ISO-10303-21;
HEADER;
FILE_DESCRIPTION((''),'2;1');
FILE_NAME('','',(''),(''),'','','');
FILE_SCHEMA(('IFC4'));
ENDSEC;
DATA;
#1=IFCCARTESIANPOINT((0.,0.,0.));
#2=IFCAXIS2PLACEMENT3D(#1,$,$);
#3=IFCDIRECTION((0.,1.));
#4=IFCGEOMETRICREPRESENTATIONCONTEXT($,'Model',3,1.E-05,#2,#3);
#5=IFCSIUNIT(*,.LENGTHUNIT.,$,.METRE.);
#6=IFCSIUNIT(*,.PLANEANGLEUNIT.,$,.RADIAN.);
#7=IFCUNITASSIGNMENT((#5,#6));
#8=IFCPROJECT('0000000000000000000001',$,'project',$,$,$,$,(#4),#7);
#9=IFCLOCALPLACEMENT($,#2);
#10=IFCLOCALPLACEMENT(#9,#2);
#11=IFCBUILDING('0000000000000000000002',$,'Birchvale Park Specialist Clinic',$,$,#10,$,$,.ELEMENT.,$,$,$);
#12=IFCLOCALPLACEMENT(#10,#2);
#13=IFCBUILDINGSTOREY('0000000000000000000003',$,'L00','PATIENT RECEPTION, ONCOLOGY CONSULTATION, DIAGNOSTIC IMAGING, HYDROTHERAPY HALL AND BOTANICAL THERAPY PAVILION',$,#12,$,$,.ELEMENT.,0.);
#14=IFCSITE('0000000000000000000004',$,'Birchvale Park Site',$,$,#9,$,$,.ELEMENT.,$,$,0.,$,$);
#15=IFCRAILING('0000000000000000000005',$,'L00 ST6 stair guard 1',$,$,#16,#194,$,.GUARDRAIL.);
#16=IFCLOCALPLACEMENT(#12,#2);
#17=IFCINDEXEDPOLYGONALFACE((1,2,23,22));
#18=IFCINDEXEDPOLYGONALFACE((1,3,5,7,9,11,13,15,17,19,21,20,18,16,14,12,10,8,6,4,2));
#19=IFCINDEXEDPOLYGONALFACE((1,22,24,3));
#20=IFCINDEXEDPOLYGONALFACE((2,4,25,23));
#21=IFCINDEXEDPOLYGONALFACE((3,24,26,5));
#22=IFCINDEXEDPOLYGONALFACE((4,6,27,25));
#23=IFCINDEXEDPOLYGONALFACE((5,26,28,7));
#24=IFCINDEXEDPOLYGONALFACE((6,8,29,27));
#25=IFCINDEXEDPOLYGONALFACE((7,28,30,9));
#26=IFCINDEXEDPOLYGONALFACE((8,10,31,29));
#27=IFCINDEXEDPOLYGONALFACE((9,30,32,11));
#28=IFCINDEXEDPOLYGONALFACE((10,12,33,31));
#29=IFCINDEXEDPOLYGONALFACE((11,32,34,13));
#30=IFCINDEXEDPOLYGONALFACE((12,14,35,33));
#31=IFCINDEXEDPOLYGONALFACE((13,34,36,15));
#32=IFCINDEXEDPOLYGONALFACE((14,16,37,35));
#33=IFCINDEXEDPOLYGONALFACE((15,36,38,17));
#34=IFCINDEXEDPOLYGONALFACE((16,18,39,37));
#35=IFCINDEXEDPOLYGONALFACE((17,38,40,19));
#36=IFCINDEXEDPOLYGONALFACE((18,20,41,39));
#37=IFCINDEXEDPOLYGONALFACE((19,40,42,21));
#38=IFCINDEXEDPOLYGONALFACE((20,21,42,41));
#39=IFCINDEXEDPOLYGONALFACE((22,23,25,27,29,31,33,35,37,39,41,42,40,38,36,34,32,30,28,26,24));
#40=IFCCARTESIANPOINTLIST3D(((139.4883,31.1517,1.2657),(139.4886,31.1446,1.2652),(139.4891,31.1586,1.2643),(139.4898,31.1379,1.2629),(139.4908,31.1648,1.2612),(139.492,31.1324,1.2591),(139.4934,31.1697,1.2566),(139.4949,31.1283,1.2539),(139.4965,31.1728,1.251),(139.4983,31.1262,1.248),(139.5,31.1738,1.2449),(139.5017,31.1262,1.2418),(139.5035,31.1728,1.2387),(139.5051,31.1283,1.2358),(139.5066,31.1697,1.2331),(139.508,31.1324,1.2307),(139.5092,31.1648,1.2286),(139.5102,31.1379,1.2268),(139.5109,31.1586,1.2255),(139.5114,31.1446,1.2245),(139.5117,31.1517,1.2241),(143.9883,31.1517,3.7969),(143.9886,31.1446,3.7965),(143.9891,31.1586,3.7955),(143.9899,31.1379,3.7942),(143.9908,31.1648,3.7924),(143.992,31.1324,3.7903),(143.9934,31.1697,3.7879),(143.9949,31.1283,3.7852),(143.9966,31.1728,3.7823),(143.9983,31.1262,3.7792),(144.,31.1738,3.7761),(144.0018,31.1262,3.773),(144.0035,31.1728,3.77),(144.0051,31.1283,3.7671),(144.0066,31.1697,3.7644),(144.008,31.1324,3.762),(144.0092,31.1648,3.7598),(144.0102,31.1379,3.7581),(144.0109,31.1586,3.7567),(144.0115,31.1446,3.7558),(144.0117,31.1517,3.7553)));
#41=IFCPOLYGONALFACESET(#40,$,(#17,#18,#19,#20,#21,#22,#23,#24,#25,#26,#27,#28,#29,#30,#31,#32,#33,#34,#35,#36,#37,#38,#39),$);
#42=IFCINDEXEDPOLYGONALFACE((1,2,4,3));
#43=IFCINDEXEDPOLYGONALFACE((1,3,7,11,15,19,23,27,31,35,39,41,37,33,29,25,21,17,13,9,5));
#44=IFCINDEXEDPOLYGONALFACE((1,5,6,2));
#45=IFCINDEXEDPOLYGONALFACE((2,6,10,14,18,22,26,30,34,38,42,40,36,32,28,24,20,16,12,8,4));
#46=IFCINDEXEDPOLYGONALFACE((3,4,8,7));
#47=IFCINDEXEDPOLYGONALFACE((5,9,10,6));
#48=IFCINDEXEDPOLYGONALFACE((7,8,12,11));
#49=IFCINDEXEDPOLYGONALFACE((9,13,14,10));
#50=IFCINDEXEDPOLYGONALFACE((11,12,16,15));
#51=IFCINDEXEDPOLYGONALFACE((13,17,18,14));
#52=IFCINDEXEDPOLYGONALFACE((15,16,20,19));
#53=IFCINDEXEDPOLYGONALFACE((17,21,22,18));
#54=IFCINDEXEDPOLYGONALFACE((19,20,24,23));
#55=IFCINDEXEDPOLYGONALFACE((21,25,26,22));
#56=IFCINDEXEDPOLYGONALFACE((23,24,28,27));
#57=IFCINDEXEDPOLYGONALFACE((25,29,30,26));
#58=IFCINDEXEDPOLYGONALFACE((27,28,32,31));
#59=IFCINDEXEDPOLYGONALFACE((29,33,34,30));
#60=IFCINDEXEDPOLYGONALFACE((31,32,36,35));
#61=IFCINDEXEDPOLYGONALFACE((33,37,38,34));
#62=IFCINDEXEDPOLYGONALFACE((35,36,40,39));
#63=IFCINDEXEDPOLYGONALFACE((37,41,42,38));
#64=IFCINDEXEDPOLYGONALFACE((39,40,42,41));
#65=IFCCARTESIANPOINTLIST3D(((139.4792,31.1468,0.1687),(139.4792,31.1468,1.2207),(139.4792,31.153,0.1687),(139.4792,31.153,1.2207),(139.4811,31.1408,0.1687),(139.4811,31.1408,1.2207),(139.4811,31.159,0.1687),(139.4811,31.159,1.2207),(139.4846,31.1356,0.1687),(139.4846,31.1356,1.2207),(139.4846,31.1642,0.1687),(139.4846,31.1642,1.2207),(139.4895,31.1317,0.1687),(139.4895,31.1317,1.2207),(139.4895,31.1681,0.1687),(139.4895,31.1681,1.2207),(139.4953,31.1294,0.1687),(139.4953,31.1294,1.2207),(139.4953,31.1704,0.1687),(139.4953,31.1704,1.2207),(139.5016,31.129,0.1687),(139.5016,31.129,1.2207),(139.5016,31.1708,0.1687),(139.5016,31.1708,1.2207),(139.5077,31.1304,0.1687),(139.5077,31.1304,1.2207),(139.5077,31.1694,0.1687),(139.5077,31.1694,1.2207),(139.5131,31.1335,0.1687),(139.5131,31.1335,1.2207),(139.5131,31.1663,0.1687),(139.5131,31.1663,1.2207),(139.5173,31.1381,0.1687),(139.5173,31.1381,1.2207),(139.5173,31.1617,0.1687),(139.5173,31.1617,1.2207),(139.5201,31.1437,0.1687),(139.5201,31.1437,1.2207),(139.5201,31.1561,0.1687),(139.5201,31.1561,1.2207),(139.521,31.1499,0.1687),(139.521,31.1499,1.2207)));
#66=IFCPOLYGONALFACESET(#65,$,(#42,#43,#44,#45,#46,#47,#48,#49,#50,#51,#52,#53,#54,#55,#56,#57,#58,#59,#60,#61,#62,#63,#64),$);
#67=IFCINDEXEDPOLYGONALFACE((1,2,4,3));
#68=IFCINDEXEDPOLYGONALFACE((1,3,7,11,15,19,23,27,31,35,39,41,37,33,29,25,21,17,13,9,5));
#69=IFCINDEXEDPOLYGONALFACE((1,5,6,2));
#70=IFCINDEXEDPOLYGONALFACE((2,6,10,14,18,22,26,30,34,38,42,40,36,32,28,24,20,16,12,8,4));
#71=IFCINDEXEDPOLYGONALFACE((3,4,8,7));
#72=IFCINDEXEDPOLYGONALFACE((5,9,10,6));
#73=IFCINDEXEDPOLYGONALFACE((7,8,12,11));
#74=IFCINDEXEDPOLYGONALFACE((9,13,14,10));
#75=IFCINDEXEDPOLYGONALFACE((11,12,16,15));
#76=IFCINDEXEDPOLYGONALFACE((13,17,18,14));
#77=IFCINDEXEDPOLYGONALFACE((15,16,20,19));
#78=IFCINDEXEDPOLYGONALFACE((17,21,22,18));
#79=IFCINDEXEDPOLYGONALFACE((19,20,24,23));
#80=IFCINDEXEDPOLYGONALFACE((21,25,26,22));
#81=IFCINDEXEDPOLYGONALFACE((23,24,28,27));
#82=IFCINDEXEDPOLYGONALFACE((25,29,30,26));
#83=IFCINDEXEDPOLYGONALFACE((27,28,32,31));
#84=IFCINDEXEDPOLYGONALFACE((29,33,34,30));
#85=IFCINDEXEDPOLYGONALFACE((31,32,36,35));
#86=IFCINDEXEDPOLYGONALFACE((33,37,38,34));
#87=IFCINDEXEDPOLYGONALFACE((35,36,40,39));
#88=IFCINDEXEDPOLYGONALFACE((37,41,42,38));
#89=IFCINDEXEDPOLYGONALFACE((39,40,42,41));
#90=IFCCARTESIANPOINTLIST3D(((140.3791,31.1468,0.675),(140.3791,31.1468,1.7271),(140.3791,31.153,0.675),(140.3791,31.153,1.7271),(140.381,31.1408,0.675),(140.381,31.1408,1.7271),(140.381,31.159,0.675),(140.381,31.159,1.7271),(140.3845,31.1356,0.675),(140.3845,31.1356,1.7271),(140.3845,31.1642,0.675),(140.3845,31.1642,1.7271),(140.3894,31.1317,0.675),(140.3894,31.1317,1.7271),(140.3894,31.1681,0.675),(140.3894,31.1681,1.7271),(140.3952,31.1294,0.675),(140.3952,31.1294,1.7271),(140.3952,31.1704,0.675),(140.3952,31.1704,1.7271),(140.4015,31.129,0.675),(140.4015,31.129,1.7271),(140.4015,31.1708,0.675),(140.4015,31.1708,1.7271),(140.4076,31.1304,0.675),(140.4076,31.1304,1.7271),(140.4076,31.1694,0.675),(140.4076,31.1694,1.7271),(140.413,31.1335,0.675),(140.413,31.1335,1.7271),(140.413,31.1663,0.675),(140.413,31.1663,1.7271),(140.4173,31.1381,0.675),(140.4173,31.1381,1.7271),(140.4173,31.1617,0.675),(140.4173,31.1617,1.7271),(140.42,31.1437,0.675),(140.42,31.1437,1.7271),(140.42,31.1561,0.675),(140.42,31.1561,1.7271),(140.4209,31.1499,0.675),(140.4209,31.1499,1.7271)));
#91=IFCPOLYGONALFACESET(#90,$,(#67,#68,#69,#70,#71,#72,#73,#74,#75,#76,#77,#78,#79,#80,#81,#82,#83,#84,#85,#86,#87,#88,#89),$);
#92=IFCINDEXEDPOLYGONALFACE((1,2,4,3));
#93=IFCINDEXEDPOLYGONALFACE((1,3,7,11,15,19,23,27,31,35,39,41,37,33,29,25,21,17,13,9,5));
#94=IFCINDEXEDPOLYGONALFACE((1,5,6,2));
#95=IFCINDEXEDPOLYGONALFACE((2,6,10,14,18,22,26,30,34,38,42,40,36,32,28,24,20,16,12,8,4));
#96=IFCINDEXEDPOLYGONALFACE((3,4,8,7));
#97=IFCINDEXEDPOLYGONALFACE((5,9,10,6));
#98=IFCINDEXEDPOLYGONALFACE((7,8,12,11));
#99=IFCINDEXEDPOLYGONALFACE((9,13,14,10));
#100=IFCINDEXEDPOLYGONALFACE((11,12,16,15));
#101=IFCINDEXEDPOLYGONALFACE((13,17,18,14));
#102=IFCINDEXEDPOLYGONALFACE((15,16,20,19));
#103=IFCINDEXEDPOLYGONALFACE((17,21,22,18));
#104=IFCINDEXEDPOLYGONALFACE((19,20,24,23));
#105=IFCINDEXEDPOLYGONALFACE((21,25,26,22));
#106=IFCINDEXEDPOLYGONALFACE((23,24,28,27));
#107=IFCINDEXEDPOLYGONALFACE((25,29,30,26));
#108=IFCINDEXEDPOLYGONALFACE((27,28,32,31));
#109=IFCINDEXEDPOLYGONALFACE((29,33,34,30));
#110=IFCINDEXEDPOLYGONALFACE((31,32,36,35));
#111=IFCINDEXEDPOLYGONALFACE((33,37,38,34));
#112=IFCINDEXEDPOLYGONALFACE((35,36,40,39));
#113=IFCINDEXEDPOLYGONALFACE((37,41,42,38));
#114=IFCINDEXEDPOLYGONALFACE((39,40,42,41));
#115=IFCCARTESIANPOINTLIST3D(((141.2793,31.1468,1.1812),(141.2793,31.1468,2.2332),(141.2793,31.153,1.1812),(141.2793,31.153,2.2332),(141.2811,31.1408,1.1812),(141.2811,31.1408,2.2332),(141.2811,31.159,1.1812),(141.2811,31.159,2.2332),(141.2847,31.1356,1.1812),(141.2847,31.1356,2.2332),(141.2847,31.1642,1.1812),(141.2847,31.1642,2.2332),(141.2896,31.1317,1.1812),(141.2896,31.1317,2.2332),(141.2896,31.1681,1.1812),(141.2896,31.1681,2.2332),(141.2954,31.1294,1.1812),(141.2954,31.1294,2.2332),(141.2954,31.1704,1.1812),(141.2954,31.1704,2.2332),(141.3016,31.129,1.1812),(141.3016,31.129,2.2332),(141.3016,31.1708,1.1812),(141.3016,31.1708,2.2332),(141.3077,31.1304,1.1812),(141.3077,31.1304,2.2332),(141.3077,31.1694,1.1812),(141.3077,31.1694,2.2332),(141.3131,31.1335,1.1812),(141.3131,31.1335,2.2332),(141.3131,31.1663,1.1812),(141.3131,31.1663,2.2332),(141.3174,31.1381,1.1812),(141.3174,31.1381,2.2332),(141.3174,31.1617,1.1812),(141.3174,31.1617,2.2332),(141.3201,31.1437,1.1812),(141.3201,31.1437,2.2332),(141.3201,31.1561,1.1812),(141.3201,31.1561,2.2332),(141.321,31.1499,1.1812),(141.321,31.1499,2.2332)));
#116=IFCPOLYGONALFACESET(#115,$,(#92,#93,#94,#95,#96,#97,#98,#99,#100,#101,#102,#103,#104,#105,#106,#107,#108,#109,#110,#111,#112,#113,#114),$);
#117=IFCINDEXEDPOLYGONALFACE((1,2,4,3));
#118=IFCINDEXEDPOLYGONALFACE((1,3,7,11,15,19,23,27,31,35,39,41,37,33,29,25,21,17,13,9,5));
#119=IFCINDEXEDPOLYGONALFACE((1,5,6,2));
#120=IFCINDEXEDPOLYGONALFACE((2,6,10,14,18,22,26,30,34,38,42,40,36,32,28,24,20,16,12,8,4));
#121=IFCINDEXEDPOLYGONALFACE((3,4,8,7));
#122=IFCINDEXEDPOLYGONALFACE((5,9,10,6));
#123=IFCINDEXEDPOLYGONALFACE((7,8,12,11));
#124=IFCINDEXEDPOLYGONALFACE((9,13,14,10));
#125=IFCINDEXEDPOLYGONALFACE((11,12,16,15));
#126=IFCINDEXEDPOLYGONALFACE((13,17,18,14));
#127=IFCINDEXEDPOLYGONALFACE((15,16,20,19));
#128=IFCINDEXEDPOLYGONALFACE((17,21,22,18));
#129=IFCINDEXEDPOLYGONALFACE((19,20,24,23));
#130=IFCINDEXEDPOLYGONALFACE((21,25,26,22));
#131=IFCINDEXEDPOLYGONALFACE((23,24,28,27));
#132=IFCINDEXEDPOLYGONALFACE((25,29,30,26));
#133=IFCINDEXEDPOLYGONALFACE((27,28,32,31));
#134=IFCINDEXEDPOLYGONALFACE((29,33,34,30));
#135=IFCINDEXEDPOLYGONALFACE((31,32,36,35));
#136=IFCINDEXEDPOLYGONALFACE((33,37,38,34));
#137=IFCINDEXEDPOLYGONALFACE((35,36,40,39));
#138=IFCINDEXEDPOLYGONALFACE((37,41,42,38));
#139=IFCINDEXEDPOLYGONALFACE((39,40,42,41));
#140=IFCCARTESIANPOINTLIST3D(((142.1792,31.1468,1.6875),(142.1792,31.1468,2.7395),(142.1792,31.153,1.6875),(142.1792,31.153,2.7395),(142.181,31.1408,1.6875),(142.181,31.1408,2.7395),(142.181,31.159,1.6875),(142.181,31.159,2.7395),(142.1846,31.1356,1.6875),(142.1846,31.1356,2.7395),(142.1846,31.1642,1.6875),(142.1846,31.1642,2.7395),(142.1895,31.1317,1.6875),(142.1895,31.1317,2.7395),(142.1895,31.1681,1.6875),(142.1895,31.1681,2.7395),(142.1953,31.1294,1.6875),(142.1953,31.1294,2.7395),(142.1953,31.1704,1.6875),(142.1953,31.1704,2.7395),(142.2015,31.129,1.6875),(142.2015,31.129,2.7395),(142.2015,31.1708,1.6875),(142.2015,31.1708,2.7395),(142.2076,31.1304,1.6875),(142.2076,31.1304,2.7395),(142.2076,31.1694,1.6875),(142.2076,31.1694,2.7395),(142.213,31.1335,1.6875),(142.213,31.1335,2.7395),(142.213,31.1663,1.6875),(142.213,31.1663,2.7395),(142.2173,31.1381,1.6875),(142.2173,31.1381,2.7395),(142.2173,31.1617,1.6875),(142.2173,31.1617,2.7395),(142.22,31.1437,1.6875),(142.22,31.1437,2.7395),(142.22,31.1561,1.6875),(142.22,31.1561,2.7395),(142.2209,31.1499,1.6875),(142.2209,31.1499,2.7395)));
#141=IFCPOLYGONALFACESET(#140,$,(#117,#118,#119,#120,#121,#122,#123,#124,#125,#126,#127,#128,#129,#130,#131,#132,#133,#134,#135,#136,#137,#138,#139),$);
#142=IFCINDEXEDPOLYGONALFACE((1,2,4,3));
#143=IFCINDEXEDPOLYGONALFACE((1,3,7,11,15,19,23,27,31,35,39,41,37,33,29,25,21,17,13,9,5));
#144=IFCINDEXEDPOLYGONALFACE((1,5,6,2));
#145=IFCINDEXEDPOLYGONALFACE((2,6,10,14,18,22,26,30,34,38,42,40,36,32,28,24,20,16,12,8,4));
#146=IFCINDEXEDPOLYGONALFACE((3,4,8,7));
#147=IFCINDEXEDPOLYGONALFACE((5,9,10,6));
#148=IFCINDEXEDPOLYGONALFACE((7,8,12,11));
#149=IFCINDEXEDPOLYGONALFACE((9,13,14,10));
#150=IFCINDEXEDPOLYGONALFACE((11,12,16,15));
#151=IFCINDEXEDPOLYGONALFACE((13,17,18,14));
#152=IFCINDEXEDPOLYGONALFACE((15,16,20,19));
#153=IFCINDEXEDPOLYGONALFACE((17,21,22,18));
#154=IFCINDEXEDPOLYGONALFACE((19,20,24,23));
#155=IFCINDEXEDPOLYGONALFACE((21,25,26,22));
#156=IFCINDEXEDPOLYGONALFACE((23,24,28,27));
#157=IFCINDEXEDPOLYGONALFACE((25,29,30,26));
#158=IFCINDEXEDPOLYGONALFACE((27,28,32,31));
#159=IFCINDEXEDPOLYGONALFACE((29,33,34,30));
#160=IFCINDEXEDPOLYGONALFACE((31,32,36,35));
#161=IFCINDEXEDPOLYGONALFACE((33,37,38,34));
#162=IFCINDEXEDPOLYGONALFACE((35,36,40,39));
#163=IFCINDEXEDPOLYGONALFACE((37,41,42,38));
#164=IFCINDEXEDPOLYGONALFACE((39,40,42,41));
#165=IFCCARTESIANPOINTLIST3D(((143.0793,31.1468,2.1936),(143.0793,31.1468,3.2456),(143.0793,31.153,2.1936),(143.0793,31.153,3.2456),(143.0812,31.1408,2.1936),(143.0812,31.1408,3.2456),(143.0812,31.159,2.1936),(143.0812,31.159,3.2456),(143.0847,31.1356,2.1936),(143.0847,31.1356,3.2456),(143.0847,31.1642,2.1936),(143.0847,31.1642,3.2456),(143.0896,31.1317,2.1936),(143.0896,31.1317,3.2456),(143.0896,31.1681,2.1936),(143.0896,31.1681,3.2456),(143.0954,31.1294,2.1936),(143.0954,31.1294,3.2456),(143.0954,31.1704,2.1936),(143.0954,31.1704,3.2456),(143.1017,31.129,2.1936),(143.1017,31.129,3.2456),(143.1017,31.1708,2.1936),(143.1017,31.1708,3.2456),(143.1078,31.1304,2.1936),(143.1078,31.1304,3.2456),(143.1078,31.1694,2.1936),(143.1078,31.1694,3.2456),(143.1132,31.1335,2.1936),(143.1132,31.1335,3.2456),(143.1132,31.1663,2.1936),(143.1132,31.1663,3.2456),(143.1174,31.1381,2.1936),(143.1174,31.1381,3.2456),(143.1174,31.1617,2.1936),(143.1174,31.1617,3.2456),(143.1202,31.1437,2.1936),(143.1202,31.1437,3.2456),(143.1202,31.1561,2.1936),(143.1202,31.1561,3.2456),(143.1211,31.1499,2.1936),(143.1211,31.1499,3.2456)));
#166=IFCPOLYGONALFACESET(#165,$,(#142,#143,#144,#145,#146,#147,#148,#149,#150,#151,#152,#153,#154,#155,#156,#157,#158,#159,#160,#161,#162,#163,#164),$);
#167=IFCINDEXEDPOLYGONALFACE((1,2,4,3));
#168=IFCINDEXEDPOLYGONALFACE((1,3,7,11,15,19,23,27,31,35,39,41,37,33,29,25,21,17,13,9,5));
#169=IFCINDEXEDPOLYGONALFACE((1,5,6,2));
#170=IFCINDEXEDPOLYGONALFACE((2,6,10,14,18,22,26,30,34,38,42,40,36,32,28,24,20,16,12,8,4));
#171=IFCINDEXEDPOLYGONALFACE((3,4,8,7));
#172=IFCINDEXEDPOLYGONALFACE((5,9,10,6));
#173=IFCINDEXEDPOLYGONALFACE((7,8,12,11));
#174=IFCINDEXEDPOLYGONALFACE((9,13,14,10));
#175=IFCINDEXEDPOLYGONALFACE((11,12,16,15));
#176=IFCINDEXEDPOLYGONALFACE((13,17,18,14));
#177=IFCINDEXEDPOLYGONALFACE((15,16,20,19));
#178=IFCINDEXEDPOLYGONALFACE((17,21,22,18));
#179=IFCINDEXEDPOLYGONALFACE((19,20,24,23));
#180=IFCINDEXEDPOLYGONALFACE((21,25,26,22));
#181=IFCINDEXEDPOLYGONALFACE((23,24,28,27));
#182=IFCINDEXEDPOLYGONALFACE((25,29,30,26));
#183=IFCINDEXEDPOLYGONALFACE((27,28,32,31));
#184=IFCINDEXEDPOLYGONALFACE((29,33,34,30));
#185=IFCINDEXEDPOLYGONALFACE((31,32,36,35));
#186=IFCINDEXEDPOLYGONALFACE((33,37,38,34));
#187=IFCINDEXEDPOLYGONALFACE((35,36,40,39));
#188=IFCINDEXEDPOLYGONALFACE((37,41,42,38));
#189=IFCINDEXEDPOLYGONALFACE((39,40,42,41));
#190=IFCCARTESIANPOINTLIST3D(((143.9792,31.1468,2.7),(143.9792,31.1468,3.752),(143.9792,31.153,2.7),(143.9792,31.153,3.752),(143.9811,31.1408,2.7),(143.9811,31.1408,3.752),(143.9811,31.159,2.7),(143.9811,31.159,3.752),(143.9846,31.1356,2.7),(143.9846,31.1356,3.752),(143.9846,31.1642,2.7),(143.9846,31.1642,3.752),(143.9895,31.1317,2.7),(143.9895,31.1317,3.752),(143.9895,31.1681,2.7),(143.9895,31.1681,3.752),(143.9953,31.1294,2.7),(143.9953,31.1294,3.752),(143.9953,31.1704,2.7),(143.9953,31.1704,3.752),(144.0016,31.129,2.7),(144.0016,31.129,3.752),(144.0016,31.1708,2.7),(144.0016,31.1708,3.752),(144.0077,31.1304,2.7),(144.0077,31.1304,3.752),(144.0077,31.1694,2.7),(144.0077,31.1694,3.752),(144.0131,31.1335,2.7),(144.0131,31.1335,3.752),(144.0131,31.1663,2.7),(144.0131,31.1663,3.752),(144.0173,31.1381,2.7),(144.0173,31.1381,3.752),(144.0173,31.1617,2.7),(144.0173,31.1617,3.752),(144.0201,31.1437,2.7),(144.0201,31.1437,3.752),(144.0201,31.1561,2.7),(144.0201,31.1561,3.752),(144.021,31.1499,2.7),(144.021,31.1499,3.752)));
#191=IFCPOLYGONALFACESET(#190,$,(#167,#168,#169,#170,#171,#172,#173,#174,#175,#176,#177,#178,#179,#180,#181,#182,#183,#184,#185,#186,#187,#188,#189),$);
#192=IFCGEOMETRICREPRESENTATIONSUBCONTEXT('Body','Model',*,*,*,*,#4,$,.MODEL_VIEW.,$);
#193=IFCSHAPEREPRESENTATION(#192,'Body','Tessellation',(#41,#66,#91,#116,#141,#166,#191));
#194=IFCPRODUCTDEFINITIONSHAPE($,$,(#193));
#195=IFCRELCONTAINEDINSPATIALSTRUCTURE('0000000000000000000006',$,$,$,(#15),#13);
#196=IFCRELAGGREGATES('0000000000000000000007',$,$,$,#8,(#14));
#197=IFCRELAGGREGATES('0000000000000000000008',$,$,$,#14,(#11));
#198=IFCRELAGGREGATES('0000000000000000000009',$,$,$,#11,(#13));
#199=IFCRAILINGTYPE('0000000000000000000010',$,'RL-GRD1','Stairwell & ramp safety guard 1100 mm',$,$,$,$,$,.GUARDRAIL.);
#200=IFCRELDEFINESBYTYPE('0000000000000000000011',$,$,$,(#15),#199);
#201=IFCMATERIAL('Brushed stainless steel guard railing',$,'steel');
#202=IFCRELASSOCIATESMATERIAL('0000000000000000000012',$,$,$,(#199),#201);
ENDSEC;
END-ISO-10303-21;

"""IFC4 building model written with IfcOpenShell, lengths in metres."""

from ifc_helpers import new_model, si_unit, direction, frame, origin, origin_2d, place, context, subcontext, project, spatial, circle, extrude, material, type_object, element, save


model = new_model("IFC4")

# Units and contexts
model_context = context("Model", 3, precision=1e-05, world=origin(), true_north=direction((0.0, 1.0)))
body_context = subcontext(model_context, "Body", "Model", "MODEL_VIEW")
ifc_project = project(units=[si_unit("LENGTHUNIT", "METRE"), si_unit("PLANEANGLEUNIT", "RADIAN")], contexts=[model_context])

# Site, building, storey
site_placement = place(None, origin())
site = spatial("IfcSite", under=ifc_project, at=site_placement, Name="Birchvale Park Site", CompositionType="ELEMENT", RefElevation=0.0)
building_placement = place(site_placement, origin())
building = spatial("IfcBuilding", under=site, at=building_placement, Name="Birchvale Park Specialist Clinic", CompositionType="ELEMENT")
storey_placement = place(building_placement, origin())
storey = spatial("IfcBuildingStorey", under=building, at=storey_placement, Name="L00", Description="PATIENT RECEPTION, ONCOLOGY CONSULTATION, DIAGNOSTIC IMAGING, HYDROTHERAPY HALL AND BOTANICAL THERAPY PAVILION", CompositionType="ELEMENT", Elevation=0.0)

# Railing
ifc_material_1 = material(Name="Brushed stainless steel guard railing", Category="steel")
railing_type_1 = type_object("IfcRailingType", Name="RL-GRD1", Description="Stairwell & ramp safety guard 1100 mm", PredefinedType="GUARDRAIL", material=ifc_material_1)
railing_1_placement = place(storey_placement, frame((139.5, 31.1499, 0.1687)))
element("IfcRailing", 1, at=railing_1_placement, inside=storey, type_object=railing_type_1, Name="L00 ST6 stair guard 1", PredefinedType="GUARDRAIL", context=body_context, shape_type="SweptSolid", body=[
    extrude(circle(Radius=0.0239, at=origin_2d()), frame((0.0, 0.0, 1.0762), z_axis=(0.871576, 0.0, 0.490261), x_axis=(0.0, 1.0, 0.0)), (0.0, 0.0, 1.0), 5.1631),
    extrude(circle(Radius=0.021, at=origin_2d()), origin(), (0.0, 0.0, 1.0), 1.052),
    extrude(circle(Radius=0.021, at=origin_2d()), frame((0.8999, 0.0, 0.5063)), (0.0, 0.0, 1.0), 1.052),
    extrude(circle(Radius=0.021, at=origin_2d()), frame((1.8, 0.0, 1.0125)), (0.0, 0.0, 1.0), 1.052),
    extrude(circle(Radius=0.021, at=origin_2d()), frame((2.7, 0.0, 1.5188)), (0.0, 0.0, 1.0), 1.052),
    extrude(circle(Radius=0.021, at=origin_2d()), frame((3.6001, 0.0, 2.0249)), (0.0, 0.0, 1.0), 1.052),
    extrude(circle(Radius=0.021, at=origin_2d()), frame((4.5, 0.0, 2.5312)), (0.0, 0.0, 1.0), 1.052),
])

save(model, "model.ifc")
